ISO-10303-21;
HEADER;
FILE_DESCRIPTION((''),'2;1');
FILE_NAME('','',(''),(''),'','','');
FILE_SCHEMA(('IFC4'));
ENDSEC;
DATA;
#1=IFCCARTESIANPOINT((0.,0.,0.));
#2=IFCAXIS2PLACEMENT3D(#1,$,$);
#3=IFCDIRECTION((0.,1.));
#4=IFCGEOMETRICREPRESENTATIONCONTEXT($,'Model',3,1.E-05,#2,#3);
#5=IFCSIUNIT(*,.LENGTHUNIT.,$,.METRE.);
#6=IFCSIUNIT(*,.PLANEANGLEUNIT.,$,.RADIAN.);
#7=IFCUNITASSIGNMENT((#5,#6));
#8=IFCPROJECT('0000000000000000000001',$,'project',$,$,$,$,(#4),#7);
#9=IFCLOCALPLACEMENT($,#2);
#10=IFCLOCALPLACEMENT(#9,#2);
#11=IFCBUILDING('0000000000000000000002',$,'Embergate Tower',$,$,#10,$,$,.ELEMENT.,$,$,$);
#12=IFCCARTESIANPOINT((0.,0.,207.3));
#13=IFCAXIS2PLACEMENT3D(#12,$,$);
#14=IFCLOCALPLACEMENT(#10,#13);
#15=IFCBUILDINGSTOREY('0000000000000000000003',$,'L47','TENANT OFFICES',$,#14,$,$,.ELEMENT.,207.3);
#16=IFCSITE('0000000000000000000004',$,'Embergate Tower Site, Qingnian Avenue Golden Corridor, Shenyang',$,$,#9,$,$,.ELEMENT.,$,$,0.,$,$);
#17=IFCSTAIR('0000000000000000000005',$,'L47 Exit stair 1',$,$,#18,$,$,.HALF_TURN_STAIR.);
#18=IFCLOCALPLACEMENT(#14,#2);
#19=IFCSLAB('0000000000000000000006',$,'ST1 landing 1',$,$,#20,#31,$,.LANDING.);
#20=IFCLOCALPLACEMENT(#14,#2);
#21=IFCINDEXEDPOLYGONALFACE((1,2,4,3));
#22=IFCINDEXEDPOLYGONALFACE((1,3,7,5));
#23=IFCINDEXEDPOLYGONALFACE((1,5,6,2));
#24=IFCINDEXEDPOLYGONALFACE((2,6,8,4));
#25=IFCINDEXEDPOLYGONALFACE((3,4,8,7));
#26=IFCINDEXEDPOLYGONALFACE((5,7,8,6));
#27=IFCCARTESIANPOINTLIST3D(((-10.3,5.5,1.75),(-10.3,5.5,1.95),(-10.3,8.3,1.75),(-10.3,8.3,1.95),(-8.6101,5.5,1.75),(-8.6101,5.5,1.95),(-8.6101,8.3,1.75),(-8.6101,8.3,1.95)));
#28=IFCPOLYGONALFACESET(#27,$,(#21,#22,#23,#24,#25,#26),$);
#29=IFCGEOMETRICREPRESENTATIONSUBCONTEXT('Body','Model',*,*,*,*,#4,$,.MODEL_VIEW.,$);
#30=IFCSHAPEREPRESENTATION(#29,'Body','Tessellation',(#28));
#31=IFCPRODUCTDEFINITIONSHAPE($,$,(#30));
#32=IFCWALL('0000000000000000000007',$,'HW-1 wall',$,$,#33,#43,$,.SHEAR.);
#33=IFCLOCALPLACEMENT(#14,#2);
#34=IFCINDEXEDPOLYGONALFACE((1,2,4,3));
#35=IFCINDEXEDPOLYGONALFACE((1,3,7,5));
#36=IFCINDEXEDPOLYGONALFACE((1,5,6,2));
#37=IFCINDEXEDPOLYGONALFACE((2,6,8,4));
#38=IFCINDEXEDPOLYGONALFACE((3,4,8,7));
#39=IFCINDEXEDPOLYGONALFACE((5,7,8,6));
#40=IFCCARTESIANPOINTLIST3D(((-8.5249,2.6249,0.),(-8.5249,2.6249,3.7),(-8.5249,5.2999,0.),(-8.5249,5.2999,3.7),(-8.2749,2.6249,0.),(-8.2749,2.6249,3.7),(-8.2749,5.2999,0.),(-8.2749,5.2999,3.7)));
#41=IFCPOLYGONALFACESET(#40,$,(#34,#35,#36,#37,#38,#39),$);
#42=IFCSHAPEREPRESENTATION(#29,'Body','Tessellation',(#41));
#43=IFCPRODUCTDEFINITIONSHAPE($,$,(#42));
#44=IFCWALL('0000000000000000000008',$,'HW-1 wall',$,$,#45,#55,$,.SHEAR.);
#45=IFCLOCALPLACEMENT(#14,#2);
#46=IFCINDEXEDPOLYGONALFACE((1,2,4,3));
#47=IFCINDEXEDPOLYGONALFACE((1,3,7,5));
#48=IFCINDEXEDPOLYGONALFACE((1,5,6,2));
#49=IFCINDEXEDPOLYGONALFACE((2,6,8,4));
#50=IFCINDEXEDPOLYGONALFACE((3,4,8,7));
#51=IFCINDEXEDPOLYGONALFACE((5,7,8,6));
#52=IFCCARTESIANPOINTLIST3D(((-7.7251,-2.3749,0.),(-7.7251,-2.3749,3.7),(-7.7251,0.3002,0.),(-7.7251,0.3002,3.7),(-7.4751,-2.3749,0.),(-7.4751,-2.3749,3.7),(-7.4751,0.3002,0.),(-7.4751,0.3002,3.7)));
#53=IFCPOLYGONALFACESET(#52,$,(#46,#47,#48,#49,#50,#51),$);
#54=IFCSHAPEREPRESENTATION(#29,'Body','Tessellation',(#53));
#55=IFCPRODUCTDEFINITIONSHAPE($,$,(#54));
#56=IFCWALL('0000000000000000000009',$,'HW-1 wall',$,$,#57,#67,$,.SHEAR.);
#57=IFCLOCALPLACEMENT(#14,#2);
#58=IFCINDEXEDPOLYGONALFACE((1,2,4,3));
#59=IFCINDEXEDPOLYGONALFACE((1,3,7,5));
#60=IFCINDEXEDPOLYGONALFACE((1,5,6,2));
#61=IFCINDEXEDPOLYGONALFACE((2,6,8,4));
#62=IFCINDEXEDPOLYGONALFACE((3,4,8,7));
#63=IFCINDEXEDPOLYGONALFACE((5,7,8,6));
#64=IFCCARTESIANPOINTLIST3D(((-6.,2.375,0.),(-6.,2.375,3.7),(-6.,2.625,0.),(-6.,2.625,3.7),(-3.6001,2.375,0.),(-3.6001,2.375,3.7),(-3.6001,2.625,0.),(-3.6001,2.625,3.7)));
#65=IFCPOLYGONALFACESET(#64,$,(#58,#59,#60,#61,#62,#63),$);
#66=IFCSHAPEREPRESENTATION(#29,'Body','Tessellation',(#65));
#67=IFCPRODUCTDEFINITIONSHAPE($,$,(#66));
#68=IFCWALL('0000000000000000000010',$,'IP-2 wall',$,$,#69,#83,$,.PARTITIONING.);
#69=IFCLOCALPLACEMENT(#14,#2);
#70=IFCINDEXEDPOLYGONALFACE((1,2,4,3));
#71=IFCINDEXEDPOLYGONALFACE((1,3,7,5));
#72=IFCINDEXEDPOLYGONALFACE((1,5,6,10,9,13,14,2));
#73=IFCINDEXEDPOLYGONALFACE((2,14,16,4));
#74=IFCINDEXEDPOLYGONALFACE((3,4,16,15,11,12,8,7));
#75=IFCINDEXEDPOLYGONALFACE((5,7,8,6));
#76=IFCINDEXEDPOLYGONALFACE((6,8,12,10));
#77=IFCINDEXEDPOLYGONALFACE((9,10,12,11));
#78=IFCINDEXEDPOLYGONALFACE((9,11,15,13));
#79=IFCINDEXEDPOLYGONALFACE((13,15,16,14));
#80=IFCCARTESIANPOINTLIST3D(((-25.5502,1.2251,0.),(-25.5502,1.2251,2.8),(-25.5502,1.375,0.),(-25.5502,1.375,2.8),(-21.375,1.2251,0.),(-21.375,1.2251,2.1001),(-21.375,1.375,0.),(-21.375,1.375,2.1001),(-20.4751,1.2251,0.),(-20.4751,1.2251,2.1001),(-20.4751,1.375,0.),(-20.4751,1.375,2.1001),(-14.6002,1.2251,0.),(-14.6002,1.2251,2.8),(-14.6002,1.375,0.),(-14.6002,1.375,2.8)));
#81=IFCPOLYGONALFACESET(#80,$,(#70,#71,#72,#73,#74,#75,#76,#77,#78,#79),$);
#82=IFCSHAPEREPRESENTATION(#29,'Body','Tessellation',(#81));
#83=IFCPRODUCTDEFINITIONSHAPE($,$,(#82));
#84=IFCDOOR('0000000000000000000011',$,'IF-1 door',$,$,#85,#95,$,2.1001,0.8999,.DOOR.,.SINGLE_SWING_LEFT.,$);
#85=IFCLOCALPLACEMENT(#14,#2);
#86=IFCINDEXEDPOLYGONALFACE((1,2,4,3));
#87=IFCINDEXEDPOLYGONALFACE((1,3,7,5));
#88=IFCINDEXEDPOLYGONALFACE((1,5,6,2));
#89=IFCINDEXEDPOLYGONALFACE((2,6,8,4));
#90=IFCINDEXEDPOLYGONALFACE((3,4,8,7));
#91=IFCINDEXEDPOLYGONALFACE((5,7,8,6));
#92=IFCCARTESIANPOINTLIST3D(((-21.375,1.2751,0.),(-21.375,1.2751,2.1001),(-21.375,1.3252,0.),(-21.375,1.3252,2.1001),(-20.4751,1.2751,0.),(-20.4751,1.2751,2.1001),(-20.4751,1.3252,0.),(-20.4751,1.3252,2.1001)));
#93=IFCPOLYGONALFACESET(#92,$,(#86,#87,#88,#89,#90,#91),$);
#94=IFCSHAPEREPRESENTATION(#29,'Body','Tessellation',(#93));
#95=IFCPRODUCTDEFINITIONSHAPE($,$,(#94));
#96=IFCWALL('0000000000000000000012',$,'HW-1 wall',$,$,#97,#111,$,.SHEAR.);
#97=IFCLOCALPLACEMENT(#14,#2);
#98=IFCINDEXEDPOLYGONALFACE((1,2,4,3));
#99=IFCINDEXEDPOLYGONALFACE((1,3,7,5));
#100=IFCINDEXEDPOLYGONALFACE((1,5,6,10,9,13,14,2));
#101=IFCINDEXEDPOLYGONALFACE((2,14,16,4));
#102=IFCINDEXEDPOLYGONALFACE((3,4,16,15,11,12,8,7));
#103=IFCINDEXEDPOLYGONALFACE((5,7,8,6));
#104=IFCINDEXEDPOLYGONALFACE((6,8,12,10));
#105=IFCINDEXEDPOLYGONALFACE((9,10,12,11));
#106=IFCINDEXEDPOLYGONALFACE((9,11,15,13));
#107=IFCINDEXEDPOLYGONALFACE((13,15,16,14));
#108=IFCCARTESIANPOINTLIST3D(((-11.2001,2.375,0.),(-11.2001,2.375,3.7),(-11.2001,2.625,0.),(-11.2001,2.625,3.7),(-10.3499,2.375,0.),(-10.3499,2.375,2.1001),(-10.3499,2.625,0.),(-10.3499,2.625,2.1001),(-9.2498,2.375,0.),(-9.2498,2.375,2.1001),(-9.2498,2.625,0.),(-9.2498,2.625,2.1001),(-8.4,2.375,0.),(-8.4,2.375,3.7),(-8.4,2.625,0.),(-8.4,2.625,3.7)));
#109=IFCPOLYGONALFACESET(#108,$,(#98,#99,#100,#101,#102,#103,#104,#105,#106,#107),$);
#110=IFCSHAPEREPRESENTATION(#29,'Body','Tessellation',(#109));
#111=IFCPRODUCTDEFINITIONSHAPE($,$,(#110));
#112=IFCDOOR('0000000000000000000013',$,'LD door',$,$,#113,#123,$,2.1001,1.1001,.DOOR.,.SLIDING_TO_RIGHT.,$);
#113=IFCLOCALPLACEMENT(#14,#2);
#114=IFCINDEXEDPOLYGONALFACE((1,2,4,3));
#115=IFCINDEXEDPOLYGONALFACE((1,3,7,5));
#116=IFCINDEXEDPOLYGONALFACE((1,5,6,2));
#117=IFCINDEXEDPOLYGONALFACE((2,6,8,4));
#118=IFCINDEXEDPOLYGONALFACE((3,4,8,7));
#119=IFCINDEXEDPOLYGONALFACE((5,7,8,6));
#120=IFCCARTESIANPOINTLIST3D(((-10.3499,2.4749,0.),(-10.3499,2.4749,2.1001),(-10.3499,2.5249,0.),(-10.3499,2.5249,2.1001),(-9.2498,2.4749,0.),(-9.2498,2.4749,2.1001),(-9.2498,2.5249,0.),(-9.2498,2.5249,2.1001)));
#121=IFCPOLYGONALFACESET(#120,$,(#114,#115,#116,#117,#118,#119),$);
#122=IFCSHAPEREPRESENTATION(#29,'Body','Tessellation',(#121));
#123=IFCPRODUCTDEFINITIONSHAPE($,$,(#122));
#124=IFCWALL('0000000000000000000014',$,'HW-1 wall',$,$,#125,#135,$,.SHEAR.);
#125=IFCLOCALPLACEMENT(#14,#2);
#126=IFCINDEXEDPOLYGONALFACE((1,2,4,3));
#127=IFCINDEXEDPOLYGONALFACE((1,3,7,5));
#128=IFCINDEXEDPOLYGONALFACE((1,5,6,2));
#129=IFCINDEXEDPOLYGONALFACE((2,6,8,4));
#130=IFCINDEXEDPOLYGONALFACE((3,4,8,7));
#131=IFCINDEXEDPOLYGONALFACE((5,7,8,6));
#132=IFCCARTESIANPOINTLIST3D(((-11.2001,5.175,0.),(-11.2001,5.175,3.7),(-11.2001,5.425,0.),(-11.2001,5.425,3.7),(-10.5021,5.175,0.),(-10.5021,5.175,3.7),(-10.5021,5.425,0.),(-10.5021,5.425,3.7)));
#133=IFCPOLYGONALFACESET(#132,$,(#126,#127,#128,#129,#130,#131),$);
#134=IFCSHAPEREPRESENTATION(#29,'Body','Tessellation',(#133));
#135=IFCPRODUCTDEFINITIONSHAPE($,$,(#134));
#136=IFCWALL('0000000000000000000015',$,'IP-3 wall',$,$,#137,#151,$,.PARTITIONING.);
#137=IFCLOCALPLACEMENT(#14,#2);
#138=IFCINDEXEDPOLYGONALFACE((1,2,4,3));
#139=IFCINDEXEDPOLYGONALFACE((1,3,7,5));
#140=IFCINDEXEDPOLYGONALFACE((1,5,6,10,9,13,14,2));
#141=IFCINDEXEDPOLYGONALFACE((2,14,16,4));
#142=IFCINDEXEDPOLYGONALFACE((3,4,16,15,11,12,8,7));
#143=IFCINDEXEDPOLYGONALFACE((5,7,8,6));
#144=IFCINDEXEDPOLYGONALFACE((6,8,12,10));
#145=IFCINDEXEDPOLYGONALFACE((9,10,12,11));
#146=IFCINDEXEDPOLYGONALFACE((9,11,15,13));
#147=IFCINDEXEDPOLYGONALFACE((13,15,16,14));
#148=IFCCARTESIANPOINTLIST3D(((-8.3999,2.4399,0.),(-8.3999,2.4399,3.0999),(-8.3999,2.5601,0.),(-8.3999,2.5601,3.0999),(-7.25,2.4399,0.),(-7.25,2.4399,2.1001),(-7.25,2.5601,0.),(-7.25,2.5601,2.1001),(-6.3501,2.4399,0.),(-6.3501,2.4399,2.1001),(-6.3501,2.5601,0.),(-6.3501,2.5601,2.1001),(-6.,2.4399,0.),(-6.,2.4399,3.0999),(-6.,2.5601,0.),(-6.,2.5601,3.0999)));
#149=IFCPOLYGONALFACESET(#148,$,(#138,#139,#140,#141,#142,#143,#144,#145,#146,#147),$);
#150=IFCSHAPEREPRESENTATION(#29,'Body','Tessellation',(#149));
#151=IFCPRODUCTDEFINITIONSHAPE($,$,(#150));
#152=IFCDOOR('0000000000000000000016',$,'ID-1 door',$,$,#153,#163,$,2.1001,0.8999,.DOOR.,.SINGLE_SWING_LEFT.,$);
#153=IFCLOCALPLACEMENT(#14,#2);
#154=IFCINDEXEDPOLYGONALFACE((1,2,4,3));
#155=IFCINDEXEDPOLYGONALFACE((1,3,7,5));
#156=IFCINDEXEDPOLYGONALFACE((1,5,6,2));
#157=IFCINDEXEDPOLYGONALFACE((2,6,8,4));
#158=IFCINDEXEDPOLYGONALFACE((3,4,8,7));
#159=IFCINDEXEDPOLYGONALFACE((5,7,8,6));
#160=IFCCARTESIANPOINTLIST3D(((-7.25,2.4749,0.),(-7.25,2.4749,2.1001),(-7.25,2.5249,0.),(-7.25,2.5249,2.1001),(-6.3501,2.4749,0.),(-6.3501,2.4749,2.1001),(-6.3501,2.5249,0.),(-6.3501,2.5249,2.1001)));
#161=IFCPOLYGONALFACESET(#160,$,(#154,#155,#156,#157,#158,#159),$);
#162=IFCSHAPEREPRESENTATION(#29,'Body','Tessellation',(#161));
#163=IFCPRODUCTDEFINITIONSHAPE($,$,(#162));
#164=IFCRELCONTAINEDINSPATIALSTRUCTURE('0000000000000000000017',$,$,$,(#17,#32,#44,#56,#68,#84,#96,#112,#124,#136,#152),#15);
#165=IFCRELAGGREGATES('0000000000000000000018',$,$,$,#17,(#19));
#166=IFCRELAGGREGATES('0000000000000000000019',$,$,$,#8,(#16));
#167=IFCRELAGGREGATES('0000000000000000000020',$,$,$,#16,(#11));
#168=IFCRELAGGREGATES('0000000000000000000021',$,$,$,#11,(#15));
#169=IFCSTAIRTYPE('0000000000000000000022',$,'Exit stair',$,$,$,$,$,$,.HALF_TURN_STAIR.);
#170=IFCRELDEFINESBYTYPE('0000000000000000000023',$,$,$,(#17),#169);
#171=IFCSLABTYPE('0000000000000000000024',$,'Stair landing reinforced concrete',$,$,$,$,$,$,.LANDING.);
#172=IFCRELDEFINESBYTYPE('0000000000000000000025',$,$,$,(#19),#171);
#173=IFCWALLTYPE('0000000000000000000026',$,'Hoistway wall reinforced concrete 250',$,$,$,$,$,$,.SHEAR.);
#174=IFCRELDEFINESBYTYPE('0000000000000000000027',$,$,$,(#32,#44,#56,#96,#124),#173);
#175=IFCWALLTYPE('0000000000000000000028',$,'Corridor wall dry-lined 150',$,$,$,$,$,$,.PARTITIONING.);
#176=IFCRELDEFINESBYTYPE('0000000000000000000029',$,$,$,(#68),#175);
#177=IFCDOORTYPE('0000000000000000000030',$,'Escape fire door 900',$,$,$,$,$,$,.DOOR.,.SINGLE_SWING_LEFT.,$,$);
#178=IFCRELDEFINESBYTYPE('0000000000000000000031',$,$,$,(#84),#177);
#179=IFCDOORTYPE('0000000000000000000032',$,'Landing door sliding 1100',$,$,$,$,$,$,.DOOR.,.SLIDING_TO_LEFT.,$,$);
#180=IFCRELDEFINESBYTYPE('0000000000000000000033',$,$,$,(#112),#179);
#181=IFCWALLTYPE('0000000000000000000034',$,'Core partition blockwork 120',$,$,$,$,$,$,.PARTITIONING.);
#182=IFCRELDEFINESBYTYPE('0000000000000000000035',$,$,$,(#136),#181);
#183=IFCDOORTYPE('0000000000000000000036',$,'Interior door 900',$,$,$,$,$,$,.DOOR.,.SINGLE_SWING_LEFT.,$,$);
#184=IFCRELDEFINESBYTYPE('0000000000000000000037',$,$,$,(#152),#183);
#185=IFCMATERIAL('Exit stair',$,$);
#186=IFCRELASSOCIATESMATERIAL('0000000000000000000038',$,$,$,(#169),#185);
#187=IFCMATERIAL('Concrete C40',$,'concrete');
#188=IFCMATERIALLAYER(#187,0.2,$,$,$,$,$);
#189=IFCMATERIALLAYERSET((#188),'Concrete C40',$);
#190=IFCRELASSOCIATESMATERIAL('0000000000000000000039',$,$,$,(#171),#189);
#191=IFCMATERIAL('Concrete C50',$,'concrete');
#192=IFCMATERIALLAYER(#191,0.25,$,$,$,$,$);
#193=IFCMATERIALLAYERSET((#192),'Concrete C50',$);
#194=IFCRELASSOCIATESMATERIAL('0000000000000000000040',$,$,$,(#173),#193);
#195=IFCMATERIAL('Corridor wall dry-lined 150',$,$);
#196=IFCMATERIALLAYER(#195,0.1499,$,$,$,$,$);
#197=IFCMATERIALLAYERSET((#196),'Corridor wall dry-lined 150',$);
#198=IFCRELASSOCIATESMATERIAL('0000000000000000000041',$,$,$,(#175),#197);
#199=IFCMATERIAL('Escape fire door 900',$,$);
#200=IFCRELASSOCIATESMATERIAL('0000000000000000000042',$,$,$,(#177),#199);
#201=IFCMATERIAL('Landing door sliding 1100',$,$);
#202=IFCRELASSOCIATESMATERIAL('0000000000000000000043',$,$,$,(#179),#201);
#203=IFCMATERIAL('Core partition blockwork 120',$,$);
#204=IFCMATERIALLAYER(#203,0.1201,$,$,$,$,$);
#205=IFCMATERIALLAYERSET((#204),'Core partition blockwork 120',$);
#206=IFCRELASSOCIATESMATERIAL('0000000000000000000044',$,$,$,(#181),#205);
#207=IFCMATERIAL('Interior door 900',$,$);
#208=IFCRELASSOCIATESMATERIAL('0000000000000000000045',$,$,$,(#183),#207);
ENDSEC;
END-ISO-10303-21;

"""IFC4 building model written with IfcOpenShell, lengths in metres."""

from ifc_helpers import new_model, si_unit, direction, frame, frame_2d, origin, place, context, subcontext, project, spatial, polyline, rectangle, outline, extrude, source, transform, mapped, material, layer, layer_set, type_object, element, fill, aggregate, save


model = new_model("IFC4")

# Units and contexts
model_context = context("Model", 3, precision=1e-05, world=origin(), true_north=direction((0.0, 1.0)))
body_context = subcontext(model_context, "Body", "Model", "MODEL_VIEW")
ifc_project = project(units=[si_unit("LENGTHUNIT", "METRE"), si_unit("PLANEANGLEUNIT", "RADIAN")], contexts=[model_context])

# Site, building, storey
site_placement = place(None, origin())
site = spatial("IfcSite", under=ifc_project, at=site_placement, Name="Embergate Tower Site, Qingnian Avenue Golden Corridor, Shenyang", CompositionType="ELEMENT", RefElevation=0.0)
building_placement = place(site_placement, origin())
building = spatial("IfcBuilding", under=site, at=building_placement, Name="Embergate Tower", CompositionType="ELEMENT")
storey_placement = place(building_placement, frame((0.0, 0.0, 207.3)))
storey = spatial("IfcBuildingStorey", under=building, at=storey_placement, Name="L47", Description="TENANT OFFICES", CompositionType="ELEMENT", Elevation=207.3)

# Stair, slab
ifc_material_1 = material(Name="Exit stair")
stair_type = type_object("IfcStairType", Name="Exit stair", PredefinedType="HALF_TURN_STAIR", material=ifc_material_1)
stair_placement = place(storey_placement, origin())
stair = element("IfcStair", 1, at=stair_placement, inside=storey, type_object=stair_type, Name="L47 Exit stair 1", PredefinedType="HALF_TURN_STAIR")
ifc_material_2 = material(Name="Concrete C40", Category="concrete")
ifc_layer_1 = layer(ifc_material_2, 0.2)
ifc_layer_set_1 = layer_set([ifc_layer_1], Name="Concrete C40")
slab_type = type_object("IfcSlabType", Name="Stair landing reinforced concrete", PredefinedType="LANDING", material=ifc_layer_set_1)
shared_shape_1 = source(origin(), body_context, "Body", "SweptSolid", [
    extrude(outline(polyline([(0.0, 0.0), (1.6899, 0.0), (1.6899, 2.8), (0.0, 2.8), (0.0, 0.0)])), origin(), (0.0, 0.0, 1.0), 0.2),
])
slab_placement = place(storey_placement, frame((-10.3, 5.5, 1.75)))
slab = element("IfcSlab", 2, at=slab_placement, type_object=slab_type, Name="ST1 landing 1", PredefinedType="LANDING", context=body_context, shape_type="MappedRepresentation", body=[
    mapped(shared_shape_1, transform((0.0, 0.0, 0.0))),
])

# Walls
ifc_material_3 = material(Name="Concrete C50", Category="concrete")
ifc_layer_2 = layer(ifc_material_3, 0.25)
ifc_layer_set_2 = layer_set([ifc_layer_2], Name="Concrete C50")
wall_type_1 = type_object("IfcWallType", Name="Hoistway wall reinforced concrete 250", PredefinedType="SHEAR", material=ifc_layer_set_2)
shared_shape_2 = source(origin(), body_context, "Body", "SweptSolid", [
    extrude(rectangle(XDim=2.675, YDim=0.25, at=frame_2d((1.3374, 0.0))), origin(), (0.0, 0.0, 1.0), 3.7),
])
for number, where, z_axis, x_axis, name in (
    (3, (-8.3999, 2.625, 0.0), (0.0, 0.0, 1.0), (0.0, 1.0, 0.0), "HW-1 wall"),
    (4, (-7.6001, 0.3, 0.0), (0.0, 0.0, 1.0), (0.0, -1.0, 0.0), "HW-1 wall"),
):
    element("IfcWall", number, at=place(storey_placement, frame(where, z_axis=z_axis, x_axis=x_axis)), inside=storey, type_object=wall_type_1, Name=name, PredefinedType="SHEAR", context=body_context, shape_type="MappedRepresentation", body=[
        mapped(shared_shape_2, transform((0.0, 0.0, 0.0))),
    ])
shared_shape_3 = source(origin(), body_context, "Body", "SweptSolid", [
    extrude(rectangle(XDim=2.3999, YDim=0.25, at=frame_2d((1.2, 0.0))), origin(), (0.0, 0.0, 1.0), 3.7),
])
wall_1_placement = place(storey_placement, frame((-6.0, 2.5, 0.0), z_axis=(0.0, 0.0, 1.0), x_axis=(1.0, 0.0, 0.0)))
element("IfcWall", 5, at=wall_1_placement, inside=storey, type_object=wall_type_1, Name="HW-1 wall", PredefinedType="SHEAR", context=body_context, shape_type="MappedRepresentation", body=[
    mapped(shared_shape_3, transform((0.0, 0.0, 0.0))),
])

# Walls, openings, doors
ifc_material_4 = material(Name="Corridor wall dry-lined 150")
ifc_layer_3 = layer(ifc_material_4, 0.1499)
ifc_layer_set_3 = layer_set([ifc_layer_3], Name="Corridor wall dry-lined 150")
wall_type_2 = type_object("IfcWallType", Name="Corridor wall dry-lined 150", PredefinedType="PARTITIONING", material=ifc_layer_set_3)
shared_shape_4 = source(origin(), body_context, "Body", "SweptSolid", [
    extrude(rectangle(XDim=10.95, YDim=0.1499, at=frame_2d((5.4751, 0.0))), origin(), (0.0, 0.0, 1.0), 2.8),
])
wall_2_placement = place(storey_placement, frame((-14.6001, 1.3, 0.0), z_axis=(0.0, 0.0, 1.0), x_axis=(-1.0, 0.0, 0.0)))
wall_2 = element("IfcWall", 6, at=wall_2_placement, inside=storey, type_object=wall_type_2, Name="IP-2 wall", PredefinedType="PARTITIONING", context=body_context, shape_type="MappedRepresentation", body=[
    mapped(shared_shape_4, transform((0.0, 0.0, 0.0))),
])
shared_shape_5 = source(origin(), body_context, "Body", "SweptSolid", [
    extrude(rectangle(XDim=0.8999, YDim=2.1001, at=frame_2d((0.45, 1.05))), frame((0.0, 0.085, 0.0), z_axis=(0.0, -1.0, 0.0), x_axis=(1.0, 0.0, 0.0)), (0.0, 0.0, 1.0), 0.1699),
])
opening_1_placement = place(wall_2_placement, frame((5.875, 0.0, 0.0)))
opening_1 = element("IfcOpeningElement", 7, at=opening_1_placement, cuts=wall_2, PredefinedType="OPENING", context=body_context, shape_type="MappedRepresentation", body=[
    mapped(shared_shape_5, transform((0.0, 0.0, 0.0))),
])
ifc_material_5 = material(Name="Escape fire door 900")
door_type_1 = type_object("IfcDoorType", Name="Escape fire door 900", OperationType="SINGLE_SWING_LEFT", PredefinedType="DOOR", material=ifc_material_5)
shared_shape_6 = source(origin(), body_context, "Body", "SweptSolid", [
    extrude(rectangle(XDim=0.8999, YDim=2.1001, at=frame_2d((0.45, 1.05))), frame((0.0, 0.0249, 0.0), z_axis=(0.0, -1.0, 0.0), x_axis=(1.0, 0.0, 0.0)), (0.0, 0.0, 1.0), 0.05),
])
door_1_placement = place(opening_1_placement, origin())
door_1 = element("IfcDoor", 8, at=door_1_placement, inside=storey, type_object=door_type_1, Name="IF-1 door", OperationType="SINGLE_SWING_LEFT", OverallHeight=2.1001, OverallWidth=0.8999, PredefinedType="DOOR", context=body_context, shape_type="MappedRepresentation", body=[
    mapped(shared_shape_6, transform((0.0, 0.0, 0.0))),
])
fill(opening_1, door_1)
shared_shape_7 = source(origin(), body_context, "Body", "SweptSolid", [
    extrude(rectangle(XDim=2.8, YDim=0.25, at=frame_2d((1.3999, 0.0))), origin(), (0.0, 0.0, 1.0), 3.7),
])
wall_3_placement = place(storey_placement, frame((-11.2, 2.5, 0.0), z_axis=(0.0, 0.0, 1.0), x_axis=(1.0, 0.0, 0.0)))
wall_3 = element("IfcWall", 9, at=wall_3_placement, inside=storey, type_object=wall_type_1, Name="HW-1 wall", PredefinedType="SHEAR", context=body_context, shape_type="MappedRepresentation", body=[
    mapped(shared_shape_7, transform((0.0, 0.0, 0.0))),
])
shared_shape_8 = source(origin(), body_context, "Body", "SweptSolid", [
    extrude(rectangle(XDim=1.1001, YDim=2.1001, at=frame_2d((0.55, 1.05))), frame((0.0, 0.135, 0.0), z_axis=(0.0, -1.0, 0.0), x_axis=(1.0, 0.0, 0.0)), (0.0, 0.0, 1.0), 0.27),
])
opening_2_placement = place(wall_3_placement, frame((0.8501, 0.0, 0.0)))
opening_2 = element("IfcOpeningElement", 10, at=opening_2_placement, cuts=wall_3, PredefinedType="OPENING", context=body_context, shape_type="MappedRepresentation", body=[
    mapped(shared_shape_8, transform((0.0, 0.0, 0.0))),
])
ifc_material_6 = material(Name="Landing door sliding 1100")
door_type_2 = type_object("IfcDoorType", Name="Landing door sliding 1100", OperationType="SLIDING_TO_LEFT", PredefinedType="DOOR", material=ifc_material_6)
shared_shape_9 = source(origin(), body_context, "Body", "SweptSolid", [
    extrude(rectangle(XDim=1.1001, YDim=2.1001, at=frame_2d((0.55, 1.05))), frame((0.0, 0.0249, 0.0), z_axis=(0.0, -1.0, 0.0), x_axis=(1.0, 0.0, 0.0)), (0.0, 0.0, 1.0), 0.05),
])
door_2_placement = place(opening_2_placement, origin())
door_2 = element("IfcDoor", 11, at=door_2_placement, inside=storey, type_object=door_type_2, Name="LD door", OperationType="SLIDING_TO_RIGHT", OverallHeight=2.1001, OverallWidth=1.1001, PredefinedType="DOOR", context=body_context, shape_type="MappedRepresentation", body=[
    mapped(shared_shape_9, transform((0.0, 0.0, 0.0))),
])
fill(opening_2, door_2)

# Wall
shared_shape_10 = source(origin(), body_context, "Body", "SweptSolid", [
    extrude(rectangle(XDim=0.698, YDim=0.25, at=frame_2d((0.3491, 0.0))), origin(), (0.0, 0.0, 1.0), 3.7),
])
wall_4_placement = place(storey_placement, frame((-10.502, 5.3, 0.0), z_axis=(0.0, 0.0, 1.0), x_axis=(-1.0, 0.0, 0.0)))
element("IfcWall", 12, at=wall_4_placement, inside=storey, type_object=wall_type_1, Name="HW-1 wall", PredefinedType="SHEAR", context=body_context, shape_type="MappedRepresentation", body=[
    mapped(shared_shape_10, transform((0.0, 0.0, 0.0))),
])

# Wall, opening, door
ifc_material_7 = material(Name="Core partition blockwork 120")
ifc_layer_4 = layer(ifc_material_7, 0.1201)
ifc_layer_set_4 = layer_set([ifc_layer_4], Name="Core partition blockwork 120")
wall_type_3 = type_object("IfcWallType", Name="Core partition blockwork 120", PredefinedType="PARTITIONING", material=ifc_layer_set_4)
shared_shape_11 = source(origin(), body_context, "Body", "SweptSolid", [
    extrude(rectangle(XDim=2.3999, YDim=0.1201, at=frame_2d((1.2, 0.0))), origin(), (0.0, 0.0, 1.0), 3.0999),
])
wall_5_placement = place(storey_placement, frame((-8.3999, 2.5, 0.0), z_axis=(0.0, 0.0, 1.0), x_axis=(1.0, 0.0, 0.0)))
wall_5 = element("IfcWall", 13, at=wall_5_placement, inside=storey, type_object=wall_type_3, Name="IP-3 wall", PredefinedType="PARTITIONING", context=body_context, shape_type="MappedRepresentation", body=[
    mapped(shared_shape_11, transform((0.0, 0.0, 0.0))),
])
shared_shape_12 = source(origin(), body_context, "Body", "SweptSolid", [
    extrude(rectangle(XDim=0.8999, YDim=2.1001, at=frame_2d((0.45, 1.05))), frame((0.0, 0.0701, 0.0), z_axis=(0.0, -1.0, 0.0), x_axis=(1.0, 0.0, 0.0)), (0.0, 0.0, 1.0), 0.1401),
])
opening_3_placement = place(wall_5_placement, frame((1.1499, 0.0, 0.0)))
opening_3 = element("IfcOpeningElement", 14, at=opening_3_placement, cuts=wall_5, PredefinedType="OPENING", context=body_context, shape_type="MappedRepresentation", body=[
    mapped(shared_shape_12, transform((0.0, 0.0, 0.0))),
])
ifc_material_8 = material(Name="Interior door 900")
door_type_3 = type_object("IfcDoorType", Name="Interior door 900", OperationType="SINGLE_SWING_LEFT", PredefinedType="DOOR", material=ifc_material_8)
door_3_placement = place(opening_3_placement, origin())
door_3 = element("IfcDoor", 15, at=door_3_placement, inside=storey, type_object=door_type_3, Name="ID-1 door", OperationType="SINGLE_SWING_LEFT", OverallHeight=2.1001, OverallWidth=0.8999, PredefinedType="DOOR", context=body_context, shape_type="MappedRepresentation", body=[
    mapped(shared_shape_6, transform((0.0, 0.0, 0.0))),
])
fill(opening_3, door_3)

aggregate(stair, [slab])

save(model, "model.ifc")
